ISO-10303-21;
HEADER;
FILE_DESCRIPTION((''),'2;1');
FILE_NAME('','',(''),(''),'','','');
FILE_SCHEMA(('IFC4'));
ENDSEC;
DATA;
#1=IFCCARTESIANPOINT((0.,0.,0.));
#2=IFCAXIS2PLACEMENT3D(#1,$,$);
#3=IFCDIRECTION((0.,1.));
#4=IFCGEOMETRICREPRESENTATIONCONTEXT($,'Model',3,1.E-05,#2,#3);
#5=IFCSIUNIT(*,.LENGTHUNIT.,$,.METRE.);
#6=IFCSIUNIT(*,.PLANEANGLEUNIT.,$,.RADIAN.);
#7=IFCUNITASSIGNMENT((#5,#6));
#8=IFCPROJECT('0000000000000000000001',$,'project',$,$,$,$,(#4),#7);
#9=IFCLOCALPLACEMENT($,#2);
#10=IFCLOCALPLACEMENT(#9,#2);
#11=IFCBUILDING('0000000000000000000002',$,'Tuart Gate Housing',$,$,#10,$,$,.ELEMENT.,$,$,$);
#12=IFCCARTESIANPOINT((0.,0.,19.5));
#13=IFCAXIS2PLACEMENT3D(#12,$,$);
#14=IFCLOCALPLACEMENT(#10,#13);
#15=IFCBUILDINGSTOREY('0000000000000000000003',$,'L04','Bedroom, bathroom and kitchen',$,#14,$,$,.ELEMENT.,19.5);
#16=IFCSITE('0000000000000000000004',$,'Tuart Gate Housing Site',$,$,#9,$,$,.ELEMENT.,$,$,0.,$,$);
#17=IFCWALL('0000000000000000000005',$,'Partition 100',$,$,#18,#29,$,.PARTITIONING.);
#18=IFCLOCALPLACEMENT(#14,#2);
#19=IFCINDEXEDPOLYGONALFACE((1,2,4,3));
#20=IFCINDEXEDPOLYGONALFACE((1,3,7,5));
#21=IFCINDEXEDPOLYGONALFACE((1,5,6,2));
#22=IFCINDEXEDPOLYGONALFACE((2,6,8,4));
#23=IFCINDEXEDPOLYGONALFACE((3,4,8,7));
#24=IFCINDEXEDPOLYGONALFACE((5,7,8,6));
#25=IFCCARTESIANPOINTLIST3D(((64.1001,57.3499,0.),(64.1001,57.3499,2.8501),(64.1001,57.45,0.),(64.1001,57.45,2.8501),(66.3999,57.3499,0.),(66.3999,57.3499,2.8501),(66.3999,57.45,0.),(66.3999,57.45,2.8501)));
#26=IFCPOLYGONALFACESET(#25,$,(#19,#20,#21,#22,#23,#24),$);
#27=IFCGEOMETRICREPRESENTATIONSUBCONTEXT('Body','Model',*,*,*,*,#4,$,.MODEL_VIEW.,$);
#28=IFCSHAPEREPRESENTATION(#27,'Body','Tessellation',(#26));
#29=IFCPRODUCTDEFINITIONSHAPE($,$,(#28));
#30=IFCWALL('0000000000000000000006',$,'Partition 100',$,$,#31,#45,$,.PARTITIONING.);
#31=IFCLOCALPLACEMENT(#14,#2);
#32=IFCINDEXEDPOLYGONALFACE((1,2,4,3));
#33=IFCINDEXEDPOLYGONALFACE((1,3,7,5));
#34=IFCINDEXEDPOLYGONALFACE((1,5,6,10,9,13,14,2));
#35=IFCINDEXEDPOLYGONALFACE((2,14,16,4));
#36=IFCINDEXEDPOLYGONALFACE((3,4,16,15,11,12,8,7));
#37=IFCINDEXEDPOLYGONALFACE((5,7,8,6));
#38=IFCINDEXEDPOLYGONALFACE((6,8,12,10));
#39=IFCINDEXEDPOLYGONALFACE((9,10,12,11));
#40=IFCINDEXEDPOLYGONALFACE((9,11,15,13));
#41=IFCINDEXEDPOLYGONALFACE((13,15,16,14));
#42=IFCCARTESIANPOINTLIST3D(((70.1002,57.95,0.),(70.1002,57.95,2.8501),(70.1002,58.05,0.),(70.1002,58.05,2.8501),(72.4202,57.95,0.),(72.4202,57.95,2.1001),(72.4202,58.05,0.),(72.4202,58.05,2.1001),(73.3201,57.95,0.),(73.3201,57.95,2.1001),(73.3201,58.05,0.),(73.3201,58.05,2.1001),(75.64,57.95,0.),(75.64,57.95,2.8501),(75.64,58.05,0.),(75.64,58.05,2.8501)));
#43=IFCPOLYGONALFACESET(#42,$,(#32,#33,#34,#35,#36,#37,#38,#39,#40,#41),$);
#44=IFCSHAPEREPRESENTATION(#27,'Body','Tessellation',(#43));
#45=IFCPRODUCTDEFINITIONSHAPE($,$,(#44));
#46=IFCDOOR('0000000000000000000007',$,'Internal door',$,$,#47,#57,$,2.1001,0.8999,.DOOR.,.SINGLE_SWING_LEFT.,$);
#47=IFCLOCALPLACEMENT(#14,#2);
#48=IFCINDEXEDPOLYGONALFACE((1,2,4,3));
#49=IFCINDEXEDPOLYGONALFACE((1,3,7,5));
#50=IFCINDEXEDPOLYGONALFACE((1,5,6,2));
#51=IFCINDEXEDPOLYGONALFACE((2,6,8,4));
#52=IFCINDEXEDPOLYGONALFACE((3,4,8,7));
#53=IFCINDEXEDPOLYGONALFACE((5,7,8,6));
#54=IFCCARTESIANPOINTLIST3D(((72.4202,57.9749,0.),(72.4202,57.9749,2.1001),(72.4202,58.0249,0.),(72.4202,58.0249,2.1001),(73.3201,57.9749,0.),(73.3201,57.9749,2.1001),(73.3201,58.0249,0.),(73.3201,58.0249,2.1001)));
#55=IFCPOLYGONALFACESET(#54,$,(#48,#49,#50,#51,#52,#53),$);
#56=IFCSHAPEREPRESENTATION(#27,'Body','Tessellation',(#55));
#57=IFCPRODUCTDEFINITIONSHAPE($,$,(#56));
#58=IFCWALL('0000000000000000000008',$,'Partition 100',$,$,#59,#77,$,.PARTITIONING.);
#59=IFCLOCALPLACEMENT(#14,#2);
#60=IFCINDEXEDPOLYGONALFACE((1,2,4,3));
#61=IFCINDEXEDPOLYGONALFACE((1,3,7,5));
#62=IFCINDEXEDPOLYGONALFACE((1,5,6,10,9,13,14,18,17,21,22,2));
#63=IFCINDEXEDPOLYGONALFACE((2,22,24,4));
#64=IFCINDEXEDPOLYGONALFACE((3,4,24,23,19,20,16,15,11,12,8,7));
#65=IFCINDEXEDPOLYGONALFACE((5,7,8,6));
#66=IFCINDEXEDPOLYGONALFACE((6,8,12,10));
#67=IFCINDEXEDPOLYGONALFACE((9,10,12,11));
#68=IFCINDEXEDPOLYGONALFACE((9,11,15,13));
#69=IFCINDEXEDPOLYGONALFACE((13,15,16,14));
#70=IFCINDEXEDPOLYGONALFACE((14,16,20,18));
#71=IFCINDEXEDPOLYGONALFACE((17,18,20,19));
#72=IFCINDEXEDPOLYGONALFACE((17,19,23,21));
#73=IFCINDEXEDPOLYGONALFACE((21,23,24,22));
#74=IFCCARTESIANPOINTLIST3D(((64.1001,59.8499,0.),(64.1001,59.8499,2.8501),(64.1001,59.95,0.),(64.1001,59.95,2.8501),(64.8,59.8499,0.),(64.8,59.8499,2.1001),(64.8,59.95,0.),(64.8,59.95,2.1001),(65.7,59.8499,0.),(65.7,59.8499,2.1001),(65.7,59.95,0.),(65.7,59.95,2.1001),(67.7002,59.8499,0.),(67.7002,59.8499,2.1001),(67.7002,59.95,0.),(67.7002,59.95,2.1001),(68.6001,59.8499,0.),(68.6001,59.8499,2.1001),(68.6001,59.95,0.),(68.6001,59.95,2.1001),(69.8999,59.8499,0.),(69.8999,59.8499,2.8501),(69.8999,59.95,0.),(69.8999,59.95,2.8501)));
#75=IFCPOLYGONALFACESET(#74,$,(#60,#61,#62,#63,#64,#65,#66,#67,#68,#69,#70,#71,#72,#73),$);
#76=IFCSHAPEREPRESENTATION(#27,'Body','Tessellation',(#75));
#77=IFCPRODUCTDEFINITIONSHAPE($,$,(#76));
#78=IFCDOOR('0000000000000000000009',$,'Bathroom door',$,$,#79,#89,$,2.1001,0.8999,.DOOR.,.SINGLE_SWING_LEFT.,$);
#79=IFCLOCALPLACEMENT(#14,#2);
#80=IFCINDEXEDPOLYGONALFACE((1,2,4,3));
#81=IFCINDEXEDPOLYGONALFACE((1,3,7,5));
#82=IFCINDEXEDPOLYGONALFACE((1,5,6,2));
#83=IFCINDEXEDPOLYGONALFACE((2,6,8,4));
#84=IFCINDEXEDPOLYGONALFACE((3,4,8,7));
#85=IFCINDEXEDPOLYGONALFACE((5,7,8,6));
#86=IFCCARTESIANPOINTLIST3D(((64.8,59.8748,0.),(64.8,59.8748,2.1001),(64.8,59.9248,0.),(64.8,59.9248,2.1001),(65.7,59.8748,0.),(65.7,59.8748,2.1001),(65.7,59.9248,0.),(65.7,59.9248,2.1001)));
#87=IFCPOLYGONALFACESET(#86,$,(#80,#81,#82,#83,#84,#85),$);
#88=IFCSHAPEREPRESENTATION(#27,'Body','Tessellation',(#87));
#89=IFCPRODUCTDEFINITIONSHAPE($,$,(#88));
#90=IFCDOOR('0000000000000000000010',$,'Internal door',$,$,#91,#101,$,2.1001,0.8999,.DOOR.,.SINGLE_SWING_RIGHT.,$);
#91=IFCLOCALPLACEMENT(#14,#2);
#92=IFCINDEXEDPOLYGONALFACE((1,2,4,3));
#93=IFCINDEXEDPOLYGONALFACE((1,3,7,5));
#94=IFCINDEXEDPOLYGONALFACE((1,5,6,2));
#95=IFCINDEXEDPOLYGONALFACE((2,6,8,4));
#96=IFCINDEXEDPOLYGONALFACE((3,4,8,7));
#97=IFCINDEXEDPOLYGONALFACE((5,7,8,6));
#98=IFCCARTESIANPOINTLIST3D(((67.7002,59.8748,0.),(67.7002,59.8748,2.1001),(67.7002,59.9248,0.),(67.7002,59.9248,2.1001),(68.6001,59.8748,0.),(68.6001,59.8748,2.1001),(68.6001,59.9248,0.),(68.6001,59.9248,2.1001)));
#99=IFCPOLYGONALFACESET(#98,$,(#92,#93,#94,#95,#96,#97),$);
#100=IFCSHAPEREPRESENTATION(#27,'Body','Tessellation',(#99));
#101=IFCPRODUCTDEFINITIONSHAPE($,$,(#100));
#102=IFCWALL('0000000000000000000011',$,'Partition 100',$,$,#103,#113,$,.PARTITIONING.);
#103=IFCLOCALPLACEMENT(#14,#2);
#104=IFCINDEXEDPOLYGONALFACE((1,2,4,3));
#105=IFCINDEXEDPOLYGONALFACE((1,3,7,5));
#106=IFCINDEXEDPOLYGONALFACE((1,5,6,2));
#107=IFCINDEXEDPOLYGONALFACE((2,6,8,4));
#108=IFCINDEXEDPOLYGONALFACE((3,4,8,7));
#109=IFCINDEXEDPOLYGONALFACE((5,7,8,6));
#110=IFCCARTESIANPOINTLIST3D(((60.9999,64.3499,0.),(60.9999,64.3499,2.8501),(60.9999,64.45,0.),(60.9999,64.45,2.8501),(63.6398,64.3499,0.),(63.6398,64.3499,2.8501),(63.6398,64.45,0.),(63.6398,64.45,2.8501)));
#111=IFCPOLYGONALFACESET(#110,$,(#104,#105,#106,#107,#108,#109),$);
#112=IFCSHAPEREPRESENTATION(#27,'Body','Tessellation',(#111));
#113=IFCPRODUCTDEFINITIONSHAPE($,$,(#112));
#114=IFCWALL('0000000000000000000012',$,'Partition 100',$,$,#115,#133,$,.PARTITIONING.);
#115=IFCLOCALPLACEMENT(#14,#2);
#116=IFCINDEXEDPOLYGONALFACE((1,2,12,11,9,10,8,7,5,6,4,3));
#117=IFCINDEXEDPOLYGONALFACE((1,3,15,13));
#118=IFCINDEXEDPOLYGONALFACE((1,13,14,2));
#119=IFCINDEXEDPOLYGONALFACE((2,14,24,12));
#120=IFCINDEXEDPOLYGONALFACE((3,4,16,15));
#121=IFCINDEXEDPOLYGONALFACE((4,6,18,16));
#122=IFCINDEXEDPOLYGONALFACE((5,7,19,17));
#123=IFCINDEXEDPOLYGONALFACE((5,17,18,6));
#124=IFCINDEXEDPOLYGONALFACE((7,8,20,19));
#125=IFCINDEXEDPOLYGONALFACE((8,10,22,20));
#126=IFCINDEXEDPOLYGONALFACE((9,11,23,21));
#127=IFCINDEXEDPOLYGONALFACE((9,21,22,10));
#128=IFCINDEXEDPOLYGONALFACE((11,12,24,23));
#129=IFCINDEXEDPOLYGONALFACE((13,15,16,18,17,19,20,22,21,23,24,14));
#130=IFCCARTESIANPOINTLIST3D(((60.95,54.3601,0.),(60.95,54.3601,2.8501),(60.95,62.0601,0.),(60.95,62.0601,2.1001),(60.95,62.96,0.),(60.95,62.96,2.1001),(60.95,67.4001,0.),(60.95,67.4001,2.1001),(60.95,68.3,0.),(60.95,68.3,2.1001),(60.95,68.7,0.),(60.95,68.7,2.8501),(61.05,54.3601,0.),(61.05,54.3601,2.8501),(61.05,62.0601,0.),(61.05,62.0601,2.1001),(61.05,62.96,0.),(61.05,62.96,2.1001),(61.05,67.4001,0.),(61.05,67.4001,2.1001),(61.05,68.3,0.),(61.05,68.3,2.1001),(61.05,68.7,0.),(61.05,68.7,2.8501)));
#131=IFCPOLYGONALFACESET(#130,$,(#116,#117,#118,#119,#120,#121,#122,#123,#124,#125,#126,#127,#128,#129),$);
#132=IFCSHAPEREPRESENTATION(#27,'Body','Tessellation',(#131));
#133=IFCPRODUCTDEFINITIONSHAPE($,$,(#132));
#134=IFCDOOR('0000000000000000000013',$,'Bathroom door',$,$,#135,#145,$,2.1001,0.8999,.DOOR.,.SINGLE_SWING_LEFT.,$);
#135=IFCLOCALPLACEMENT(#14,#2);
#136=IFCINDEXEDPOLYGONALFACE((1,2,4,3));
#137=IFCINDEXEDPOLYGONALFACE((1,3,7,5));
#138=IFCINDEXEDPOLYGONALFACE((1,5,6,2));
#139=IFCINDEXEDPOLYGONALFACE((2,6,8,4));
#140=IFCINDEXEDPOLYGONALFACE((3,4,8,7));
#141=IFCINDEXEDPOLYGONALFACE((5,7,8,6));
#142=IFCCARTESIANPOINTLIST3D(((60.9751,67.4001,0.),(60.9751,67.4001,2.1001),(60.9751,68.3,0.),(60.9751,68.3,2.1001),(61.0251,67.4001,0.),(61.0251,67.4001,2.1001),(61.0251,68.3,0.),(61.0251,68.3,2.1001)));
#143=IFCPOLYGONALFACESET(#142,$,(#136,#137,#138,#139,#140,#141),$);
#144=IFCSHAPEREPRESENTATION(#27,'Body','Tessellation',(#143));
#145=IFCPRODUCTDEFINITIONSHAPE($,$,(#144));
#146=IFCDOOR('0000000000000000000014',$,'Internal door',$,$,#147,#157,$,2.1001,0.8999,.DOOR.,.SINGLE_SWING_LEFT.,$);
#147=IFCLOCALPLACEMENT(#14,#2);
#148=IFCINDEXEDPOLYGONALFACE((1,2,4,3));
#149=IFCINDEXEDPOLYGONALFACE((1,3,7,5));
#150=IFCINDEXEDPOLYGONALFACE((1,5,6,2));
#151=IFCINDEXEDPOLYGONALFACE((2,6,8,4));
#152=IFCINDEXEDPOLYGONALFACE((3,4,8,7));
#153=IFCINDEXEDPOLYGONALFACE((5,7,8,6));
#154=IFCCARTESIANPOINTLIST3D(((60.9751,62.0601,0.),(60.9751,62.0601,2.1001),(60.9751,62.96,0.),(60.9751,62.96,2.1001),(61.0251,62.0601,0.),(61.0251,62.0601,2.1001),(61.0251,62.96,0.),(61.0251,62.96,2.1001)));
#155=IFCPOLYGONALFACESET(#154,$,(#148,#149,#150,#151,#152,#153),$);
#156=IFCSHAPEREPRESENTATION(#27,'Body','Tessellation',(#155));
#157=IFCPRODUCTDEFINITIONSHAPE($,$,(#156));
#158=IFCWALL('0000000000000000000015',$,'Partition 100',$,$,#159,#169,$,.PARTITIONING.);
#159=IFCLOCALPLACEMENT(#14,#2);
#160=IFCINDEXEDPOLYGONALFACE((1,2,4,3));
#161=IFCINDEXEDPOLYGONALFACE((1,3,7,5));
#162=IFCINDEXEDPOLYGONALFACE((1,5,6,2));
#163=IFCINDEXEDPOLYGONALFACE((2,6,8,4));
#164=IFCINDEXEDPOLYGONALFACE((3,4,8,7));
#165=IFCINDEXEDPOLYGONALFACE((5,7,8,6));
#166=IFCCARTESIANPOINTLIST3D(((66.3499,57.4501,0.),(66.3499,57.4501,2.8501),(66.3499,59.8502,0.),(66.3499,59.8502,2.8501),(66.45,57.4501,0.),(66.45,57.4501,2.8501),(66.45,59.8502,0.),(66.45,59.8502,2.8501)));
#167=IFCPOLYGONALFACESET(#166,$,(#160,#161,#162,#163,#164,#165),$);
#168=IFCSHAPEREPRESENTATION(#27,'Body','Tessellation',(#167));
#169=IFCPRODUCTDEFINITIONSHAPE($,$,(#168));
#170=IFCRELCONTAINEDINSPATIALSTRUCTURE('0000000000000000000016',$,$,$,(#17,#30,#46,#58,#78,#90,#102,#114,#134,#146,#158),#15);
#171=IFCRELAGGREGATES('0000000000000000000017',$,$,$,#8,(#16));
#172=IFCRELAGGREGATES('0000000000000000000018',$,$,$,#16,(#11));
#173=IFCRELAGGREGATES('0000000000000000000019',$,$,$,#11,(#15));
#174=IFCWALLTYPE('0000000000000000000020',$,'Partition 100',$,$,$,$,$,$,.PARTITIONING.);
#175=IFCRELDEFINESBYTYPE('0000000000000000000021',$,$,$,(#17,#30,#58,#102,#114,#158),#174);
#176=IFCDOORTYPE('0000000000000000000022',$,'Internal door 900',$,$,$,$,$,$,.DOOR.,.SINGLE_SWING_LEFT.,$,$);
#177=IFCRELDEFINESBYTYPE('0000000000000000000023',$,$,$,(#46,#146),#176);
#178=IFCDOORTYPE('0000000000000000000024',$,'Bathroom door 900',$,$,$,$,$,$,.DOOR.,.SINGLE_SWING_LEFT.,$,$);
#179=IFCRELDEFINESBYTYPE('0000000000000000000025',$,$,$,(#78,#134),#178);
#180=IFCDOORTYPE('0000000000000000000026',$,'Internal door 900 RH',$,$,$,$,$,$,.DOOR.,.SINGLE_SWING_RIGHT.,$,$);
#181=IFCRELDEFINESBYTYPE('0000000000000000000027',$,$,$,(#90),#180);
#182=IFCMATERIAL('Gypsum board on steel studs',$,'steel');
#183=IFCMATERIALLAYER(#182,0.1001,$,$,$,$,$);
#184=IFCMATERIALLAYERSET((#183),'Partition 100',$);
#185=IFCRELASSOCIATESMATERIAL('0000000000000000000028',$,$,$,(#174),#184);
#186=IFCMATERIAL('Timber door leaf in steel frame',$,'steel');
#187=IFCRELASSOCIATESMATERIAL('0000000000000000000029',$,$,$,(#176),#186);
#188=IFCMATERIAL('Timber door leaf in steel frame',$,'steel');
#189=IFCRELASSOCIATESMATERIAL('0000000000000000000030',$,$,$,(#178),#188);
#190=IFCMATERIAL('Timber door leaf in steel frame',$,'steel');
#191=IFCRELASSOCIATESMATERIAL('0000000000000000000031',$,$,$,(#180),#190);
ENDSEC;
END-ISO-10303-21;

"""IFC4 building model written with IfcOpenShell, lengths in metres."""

from ifc_helpers import new_model, si_unit, direction, frame, frame_2d, origin, place, context, subcontext, project, spatial, rectangle, extrude, material, layer, layer_set, type_object, element, fill, save


model = new_model("IFC4")

# Units and contexts
model_context = context("Model", 3, precision=1e-05, world=origin(), true_north=direction((0.0, 1.0)))
body_context = subcontext(model_context, "Body", "Model", "MODEL_VIEW")
ifc_project = project(units=[si_unit("LENGTHUNIT", "METRE"), si_unit("PLANEANGLEUNIT", "RADIAN")], contexts=[model_context])

# Site, building, storey
site_placement = place(None, origin())
site = spatial("IfcSite", under=ifc_project, at=site_placement, Name="Tuart Gate Housing Site", CompositionType="ELEMENT", RefElevation=0.0)
building_placement = place(site_placement, origin())
building = spatial("IfcBuilding", under=site, at=building_placement, Name="Tuart Gate Housing", CompositionType="ELEMENT")
storey_placement = place(building_placement, frame((0.0, 0.0, 19.5)))
storey = spatial("IfcBuildingStorey", under=building, at=storey_placement, Name="L04", Description="Bedroom, bathroom and kitchen", CompositionType="ELEMENT", Elevation=19.5)

# Wall
ifc_material_1 = material(Name="Gypsum board on steel studs", Category="steel")
ifc_layer_1 = layer(ifc_material_1, 0.1001)
ifc_layer_set_1 = layer_set([ifc_layer_1], Name="Partition 100")
wall_type_1 = type_object("IfcWallType", Name="Partition 100", PredefinedType="PARTITIONING", material=ifc_layer_set_1)
wall_1_placement = place(storey_placement, frame((64.1001, 57.3999, 0.0), z_axis=(0.0, 0.0, 1.0), x_axis=(1.0, 0.0, 0.0)))
element("IfcWall", 1, at=wall_1_placement, inside=storey, type_object=wall_type_1, Name="Partition 100", PredefinedType="PARTITIONING", context=body_context, shape_type="SweptSolid", body=[
    extrude(rectangle(XDim=2.2998, YDim=0.1001, at=frame_2d((1.1499, 0.0))), origin(), (0.0, 0.0, 1.0), 2.8501),
])

# Wall, opening, door
wall_2_placement = place(storey_placement, frame((70.1001, 58.0, 0.0), z_axis=(0.0, 0.0, 1.0), x_axis=(1.0, 0.0, 0.0)))
wall_2 = element("IfcWall", 2, at=wall_2_placement, inside=storey, type_object=wall_type_1, Name="Partition 100", PredefinedType="PARTITIONING", context=body_context, shape_type="SweptSolid", body=[
    extrude(rectangle(XDim=5.5398, YDim=0.1001, at=frame_2d((2.77, 0.0))), origin(), (0.0, 0.0, 1.0), 2.8501),
])
opening_1_placement = place(wall_2_placement, frame((2.3201, 0.0, 0.0)))
opening_1 = element("IfcOpeningElement", 3, at=opening_1_placement, cuts=wall_2, PredefinedType="OPENING", context=body_context, shape_type="SweptSolid", body=[
    extrude(rectangle(XDim=0.8999, YDim=2.1001, at=frame_2d((0.45, 1.05))), frame((0.0, 0.0601, 0.0), z_axis=(0.0, -1.0, 0.0), x_axis=(1.0, 0.0, 0.0)), (0.0, 0.0, 1.0), 0.1201),
])
ifc_material_2 = material(Name="Timber door leaf in steel frame", Category="steel")
door_type_1 = type_object("IfcDoorType", Name="Internal door 900", OperationType="SINGLE_SWING_LEFT", PredefinedType="DOOR", material=ifc_material_2)
door_1_placement = place(opening_1_placement, frame((0.8999, 0.0, 0.0), z_axis=(0.0, 0.0, 1.0), x_axis=(-1.0, 0.0, 0.0)))
door_1 = element("IfcDoor", 4, at=door_1_placement, inside=storey, type_object=door_type_1, Name="Internal door", OperationType="SINGLE_SWING_LEFT", OverallHeight=2.1001, OverallWidth=0.8999, PredefinedType="DOOR", context=body_context, shape_type="SweptSolid", body=[
    extrude(rectangle(XDim=0.8999, YDim=2.1001, at=frame_2d((0.45, 1.05))), frame((0.0, 0.0251, 0.0), z_axis=(0.0, -1.0, 0.0), x_axis=(1.0, 0.0, 0.0)), (0.0, 0.0, 1.0), 0.05),
])
fill(opening_1, door_1)

# Wall, openings, doors
wall_3_placement = place(storey_placement, frame((64.1001, 59.8999, 0.0), z_axis=(0.0, 0.0, 1.0), x_axis=(1.0, 0.0, 0.0)))
wall_3 = element("IfcWall", 5, at=wall_3_placement, inside=storey, type_object=wall_type_1, Name="Partition 100", PredefinedType="PARTITIONING", context=body_context, shape_type="SweptSolid", body=[
    extrude(rectangle(XDim=5.7998, YDim=0.1001, at=frame_2d((2.8999, 0.0))), origin(), (0.0, 0.0, 1.0), 2.8501),
])
opening_2_placement = place(wall_3_placement, frame((3.6001, 0.0, 0.0)))
opening_2 = element("IfcOpeningElement", 6, at=opening_2_placement, cuts=wall_3, PredefinedType="OPENING", context=body_context, shape_type="SweptSolid", body=[
    extrude(rectangle(XDim=0.8999, YDim=2.1001, at=frame_2d((0.45, 1.05))), frame((0.0, 0.0601, 0.0), z_axis=(0.0, -1.0, 0.0), x_axis=(1.0, 0.0, 0.0)), (0.0, 0.0, 1.0), 0.1201),
])
opening_3_placement = place(wall_3_placement, frame((0.7, 0.0, 0.0)))
opening_3 = element("IfcOpeningElement", 7, at=opening_3_placement, cuts=wall_3, PredefinedType="OPENING", context=body_context, shape_type="SweptSolid", body=[
    extrude(rectangle(XDim=0.8999, YDim=2.1001, at=frame_2d((0.45, 1.05))), frame((0.0, 0.0601, 0.0), z_axis=(0.0, -1.0, 0.0), x_axis=(1.0, 0.0, 0.0)), (0.0, 0.0, 1.0), 0.1201),
])
ifc_material_3 = material(Name="Timber door leaf in steel frame", Category="steel")
door_type_2 = type_object("IfcDoorType", Name="Bathroom door 900", OperationType="SINGLE_SWING_LEFT", PredefinedType="DOOR", material=ifc_material_3)
door_2_placement = place(opening_3_placement, frame((0.8999, 0.0, 0.0), z_axis=(0.0, 0.0, 1.0), x_axis=(-1.0, 0.0, 0.0)))
door_2 = element("IfcDoor", 8, at=door_2_placement, inside=storey, type_object=door_type_2, Name="Bathroom door", OperationType="SINGLE_SWING_LEFT", OverallHeight=2.1001, OverallWidth=0.8999, PredefinedType="DOOR", context=body_context, shape_type="SweptSolid", body=[
    extrude(rectangle(XDim=0.8999, YDim=2.1001, at=frame_2d((0.45, 1.05))), frame((0.0, 0.0251, 0.0), z_axis=(0.0, -1.0, 0.0), x_axis=(1.0, 0.0, 0.0)), (0.0, 0.0, 1.0), 0.05),
])
fill(opening_3, door_2)
ifc_material_4 = material(Name="Timber door leaf in steel frame", Category="steel")
door_type_3 = type_object("IfcDoorType", Name="Internal door 900 RH", OperationType="SINGLE_SWING_RIGHT", PredefinedType="DOOR", material=ifc_material_4)
door_3_placement = place(opening_2_placement, frame((0.8999, 0.0, 0.0), z_axis=(0.0, 0.0, 1.0), x_axis=(-1.0, 0.0, 0.0)))
door_3 = element("IfcDoor", 9, at=door_3_placement, inside=storey, type_object=door_type_3, Name="Internal door", OperationType="SINGLE_SWING_RIGHT", OverallHeight=2.1001, OverallWidth=0.8999, PredefinedType="DOOR", context=body_context, shape_type="SweptSolid", body=[
    extrude(rectangle(XDim=0.8999, YDim=2.1001, at=frame_2d((0.45, 1.05))), frame((0.0, 0.0251, 0.0), z_axis=(0.0, -1.0, 0.0), x_axis=(1.0, 0.0, 0.0)), (0.0, 0.0, 1.0), 0.05),
])
fill(opening_2, door_3)

# Wall
wall_4_placement = place(storey_placement, frame((61.0, 64.3999, 0.0), z_axis=(0.0, 0.0, 1.0), x_axis=(1.0, 0.0, 0.0)))
element("IfcWall", 10, at=wall_4_placement, inside=storey, type_object=wall_type_1, Name="Partition 100", PredefinedType="PARTITIONING", context=body_context, shape_type="SweptSolid", body=[
    extrude(rectangle(XDim=2.6399, YDim=0.1001, at=frame_2d((1.3198, 0.0))), origin(), (0.0, 0.0, 1.0), 2.8501),
])

# Wall, openings, doors
wall_5_placement = place(storey_placement, frame((61.0, 54.3601, 0.0), z_axis=(0.0, 0.0, 1.0), x_axis=(0.0, 1.0, 0.0)))
wall_5 = element("IfcWall", 11, at=wall_5_placement, inside=storey, type_object=wall_type_1, Name="Partition 100", PredefinedType="PARTITIONING", context=body_context, shape_type="SweptSolid", body=[
    extrude(rectangle(XDim=14.3398, YDim=0.1001, at=frame_2d((7.1699, 0.0))), origin(), (0.0, 0.0, 1.0), 2.8501),
])
opening_4_placement = place(wall_5_placement, frame((7.7, 0.0, 0.0)))
opening_4 = element("IfcOpeningElement", 12, at=opening_4_placement, cuts=wall_5, PredefinedType="OPENING", context=body_context, shape_type="SweptSolid", body=[
    extrude(rectangle(XDim=0.8999, YDim=2.1001, at=frame_2d((0.45, 1.05))), frame((0.0, 0.0601, 0.0), z_axis=(0.0, -1.0, 0.0), x_axis=(1.0, 0.0, 0.0)), (0.0, 0.0, 1.0), 0.1201),
])
opening_5_placement = place(wall_5_placement, frame((13.04, 0.0, 0.0)))
opening_5 = element("IfcOpeningElement", 13, at=opening_5_placement, cuts=wall_5, PredefinedType="OPENING", context=body_context, shape_type="SweptSolid", body=[
    extrude(rectangle(XDim=0.8999, YDim=2.1001, at=frame_2d((0.45, 1.05))), frame((0.0, 0.0601, 0.0), z_axis=(0.0, -1.0, 0.0), x_axis=(1.0, 0.0, 0.0)), (0.0, 0.0, 1.0), 0.1201),
])
door_4_placement = place(opening_5_placement, frame((0.8999, 0.0, 0.0), z_axis=(0.0, 0.0, 1.0), x_axis=(-1.0, 0.0, 0.0)))
door_4 = element("IfcDoor", 14, at=door_4_placement, inside=storey, type_object=door_type_2, Name="Bathroom door", OperationType="SINGLE_SWING_LEFT", OverallHeight=2.1001, OverallWidth=0.8999, PredefinedType="DOOR", context=body_context, shape_type="SweptSolid", body=[
    extrude(rectangle(XDim=0.8999, YDim=2.1001, at=frame_2d((0.45, 1.05))), frame((0.0, 0.0251, 0.0), z_axis=(0.0, -1.0, 0.0), x_axis=(1.0, 0.0, 0.0)), (0.0, 0.0, 1.0), 0.05),
])
fill(opening_5, door_4)
door_5_placement = place(opening_4_placement, frame((0.8999, 0.0, 0.0), z_axis=(0.0, 0.0, 1.0), x_axis=(-1.0, 0.0, 0.0)))
door_5 = element("IfcDoor", 15, at=door_5_placement, inside=storey, type_object=door_type_1, Name="Internal door", OperationType="SINGLE_SWING_LEFT", OverallHeight=2.1001, OverallWidth=0.8999, PredefinedType="DOOR", context=body_context, shape_type="SweptSolid", body=[
    extrude(rectangle(XDim=0.8999, YDim=2.1001, at=frame_2d((0.45, 1.05))), frame((0.0, 0.0251, 0.0), z_axis=(0.0, -1.0, 0.0), x_axis=(1.0, 0.0, 0.0)), (0.0, 0.0, 1.0), 0.05),
])
fill(opening_4, door_5)

# Wall
wall_6_placement = place(storey_placement, frame((66.3999, 57.45, 0.0), z_axis=(0.0, 0.0, 1.0), x_axis=(0.0, 1.0, 0.0)))
element("IfcWall", 16, at=wall_6_placement, inside=storey, type_object=wall_type_1, Name="Partition 100", PredefinedType="PARTITIONING", context=body_context, shape_type="SweptSolid", body=[
    extrude(rectangle(XDim=2.4001, YDim=0.1001, at=frame_2d((1.2002, 0.0))), origin(), (0.0, 0.0, 1.0), 2.8501),
])

save(model, "model.ifc")
